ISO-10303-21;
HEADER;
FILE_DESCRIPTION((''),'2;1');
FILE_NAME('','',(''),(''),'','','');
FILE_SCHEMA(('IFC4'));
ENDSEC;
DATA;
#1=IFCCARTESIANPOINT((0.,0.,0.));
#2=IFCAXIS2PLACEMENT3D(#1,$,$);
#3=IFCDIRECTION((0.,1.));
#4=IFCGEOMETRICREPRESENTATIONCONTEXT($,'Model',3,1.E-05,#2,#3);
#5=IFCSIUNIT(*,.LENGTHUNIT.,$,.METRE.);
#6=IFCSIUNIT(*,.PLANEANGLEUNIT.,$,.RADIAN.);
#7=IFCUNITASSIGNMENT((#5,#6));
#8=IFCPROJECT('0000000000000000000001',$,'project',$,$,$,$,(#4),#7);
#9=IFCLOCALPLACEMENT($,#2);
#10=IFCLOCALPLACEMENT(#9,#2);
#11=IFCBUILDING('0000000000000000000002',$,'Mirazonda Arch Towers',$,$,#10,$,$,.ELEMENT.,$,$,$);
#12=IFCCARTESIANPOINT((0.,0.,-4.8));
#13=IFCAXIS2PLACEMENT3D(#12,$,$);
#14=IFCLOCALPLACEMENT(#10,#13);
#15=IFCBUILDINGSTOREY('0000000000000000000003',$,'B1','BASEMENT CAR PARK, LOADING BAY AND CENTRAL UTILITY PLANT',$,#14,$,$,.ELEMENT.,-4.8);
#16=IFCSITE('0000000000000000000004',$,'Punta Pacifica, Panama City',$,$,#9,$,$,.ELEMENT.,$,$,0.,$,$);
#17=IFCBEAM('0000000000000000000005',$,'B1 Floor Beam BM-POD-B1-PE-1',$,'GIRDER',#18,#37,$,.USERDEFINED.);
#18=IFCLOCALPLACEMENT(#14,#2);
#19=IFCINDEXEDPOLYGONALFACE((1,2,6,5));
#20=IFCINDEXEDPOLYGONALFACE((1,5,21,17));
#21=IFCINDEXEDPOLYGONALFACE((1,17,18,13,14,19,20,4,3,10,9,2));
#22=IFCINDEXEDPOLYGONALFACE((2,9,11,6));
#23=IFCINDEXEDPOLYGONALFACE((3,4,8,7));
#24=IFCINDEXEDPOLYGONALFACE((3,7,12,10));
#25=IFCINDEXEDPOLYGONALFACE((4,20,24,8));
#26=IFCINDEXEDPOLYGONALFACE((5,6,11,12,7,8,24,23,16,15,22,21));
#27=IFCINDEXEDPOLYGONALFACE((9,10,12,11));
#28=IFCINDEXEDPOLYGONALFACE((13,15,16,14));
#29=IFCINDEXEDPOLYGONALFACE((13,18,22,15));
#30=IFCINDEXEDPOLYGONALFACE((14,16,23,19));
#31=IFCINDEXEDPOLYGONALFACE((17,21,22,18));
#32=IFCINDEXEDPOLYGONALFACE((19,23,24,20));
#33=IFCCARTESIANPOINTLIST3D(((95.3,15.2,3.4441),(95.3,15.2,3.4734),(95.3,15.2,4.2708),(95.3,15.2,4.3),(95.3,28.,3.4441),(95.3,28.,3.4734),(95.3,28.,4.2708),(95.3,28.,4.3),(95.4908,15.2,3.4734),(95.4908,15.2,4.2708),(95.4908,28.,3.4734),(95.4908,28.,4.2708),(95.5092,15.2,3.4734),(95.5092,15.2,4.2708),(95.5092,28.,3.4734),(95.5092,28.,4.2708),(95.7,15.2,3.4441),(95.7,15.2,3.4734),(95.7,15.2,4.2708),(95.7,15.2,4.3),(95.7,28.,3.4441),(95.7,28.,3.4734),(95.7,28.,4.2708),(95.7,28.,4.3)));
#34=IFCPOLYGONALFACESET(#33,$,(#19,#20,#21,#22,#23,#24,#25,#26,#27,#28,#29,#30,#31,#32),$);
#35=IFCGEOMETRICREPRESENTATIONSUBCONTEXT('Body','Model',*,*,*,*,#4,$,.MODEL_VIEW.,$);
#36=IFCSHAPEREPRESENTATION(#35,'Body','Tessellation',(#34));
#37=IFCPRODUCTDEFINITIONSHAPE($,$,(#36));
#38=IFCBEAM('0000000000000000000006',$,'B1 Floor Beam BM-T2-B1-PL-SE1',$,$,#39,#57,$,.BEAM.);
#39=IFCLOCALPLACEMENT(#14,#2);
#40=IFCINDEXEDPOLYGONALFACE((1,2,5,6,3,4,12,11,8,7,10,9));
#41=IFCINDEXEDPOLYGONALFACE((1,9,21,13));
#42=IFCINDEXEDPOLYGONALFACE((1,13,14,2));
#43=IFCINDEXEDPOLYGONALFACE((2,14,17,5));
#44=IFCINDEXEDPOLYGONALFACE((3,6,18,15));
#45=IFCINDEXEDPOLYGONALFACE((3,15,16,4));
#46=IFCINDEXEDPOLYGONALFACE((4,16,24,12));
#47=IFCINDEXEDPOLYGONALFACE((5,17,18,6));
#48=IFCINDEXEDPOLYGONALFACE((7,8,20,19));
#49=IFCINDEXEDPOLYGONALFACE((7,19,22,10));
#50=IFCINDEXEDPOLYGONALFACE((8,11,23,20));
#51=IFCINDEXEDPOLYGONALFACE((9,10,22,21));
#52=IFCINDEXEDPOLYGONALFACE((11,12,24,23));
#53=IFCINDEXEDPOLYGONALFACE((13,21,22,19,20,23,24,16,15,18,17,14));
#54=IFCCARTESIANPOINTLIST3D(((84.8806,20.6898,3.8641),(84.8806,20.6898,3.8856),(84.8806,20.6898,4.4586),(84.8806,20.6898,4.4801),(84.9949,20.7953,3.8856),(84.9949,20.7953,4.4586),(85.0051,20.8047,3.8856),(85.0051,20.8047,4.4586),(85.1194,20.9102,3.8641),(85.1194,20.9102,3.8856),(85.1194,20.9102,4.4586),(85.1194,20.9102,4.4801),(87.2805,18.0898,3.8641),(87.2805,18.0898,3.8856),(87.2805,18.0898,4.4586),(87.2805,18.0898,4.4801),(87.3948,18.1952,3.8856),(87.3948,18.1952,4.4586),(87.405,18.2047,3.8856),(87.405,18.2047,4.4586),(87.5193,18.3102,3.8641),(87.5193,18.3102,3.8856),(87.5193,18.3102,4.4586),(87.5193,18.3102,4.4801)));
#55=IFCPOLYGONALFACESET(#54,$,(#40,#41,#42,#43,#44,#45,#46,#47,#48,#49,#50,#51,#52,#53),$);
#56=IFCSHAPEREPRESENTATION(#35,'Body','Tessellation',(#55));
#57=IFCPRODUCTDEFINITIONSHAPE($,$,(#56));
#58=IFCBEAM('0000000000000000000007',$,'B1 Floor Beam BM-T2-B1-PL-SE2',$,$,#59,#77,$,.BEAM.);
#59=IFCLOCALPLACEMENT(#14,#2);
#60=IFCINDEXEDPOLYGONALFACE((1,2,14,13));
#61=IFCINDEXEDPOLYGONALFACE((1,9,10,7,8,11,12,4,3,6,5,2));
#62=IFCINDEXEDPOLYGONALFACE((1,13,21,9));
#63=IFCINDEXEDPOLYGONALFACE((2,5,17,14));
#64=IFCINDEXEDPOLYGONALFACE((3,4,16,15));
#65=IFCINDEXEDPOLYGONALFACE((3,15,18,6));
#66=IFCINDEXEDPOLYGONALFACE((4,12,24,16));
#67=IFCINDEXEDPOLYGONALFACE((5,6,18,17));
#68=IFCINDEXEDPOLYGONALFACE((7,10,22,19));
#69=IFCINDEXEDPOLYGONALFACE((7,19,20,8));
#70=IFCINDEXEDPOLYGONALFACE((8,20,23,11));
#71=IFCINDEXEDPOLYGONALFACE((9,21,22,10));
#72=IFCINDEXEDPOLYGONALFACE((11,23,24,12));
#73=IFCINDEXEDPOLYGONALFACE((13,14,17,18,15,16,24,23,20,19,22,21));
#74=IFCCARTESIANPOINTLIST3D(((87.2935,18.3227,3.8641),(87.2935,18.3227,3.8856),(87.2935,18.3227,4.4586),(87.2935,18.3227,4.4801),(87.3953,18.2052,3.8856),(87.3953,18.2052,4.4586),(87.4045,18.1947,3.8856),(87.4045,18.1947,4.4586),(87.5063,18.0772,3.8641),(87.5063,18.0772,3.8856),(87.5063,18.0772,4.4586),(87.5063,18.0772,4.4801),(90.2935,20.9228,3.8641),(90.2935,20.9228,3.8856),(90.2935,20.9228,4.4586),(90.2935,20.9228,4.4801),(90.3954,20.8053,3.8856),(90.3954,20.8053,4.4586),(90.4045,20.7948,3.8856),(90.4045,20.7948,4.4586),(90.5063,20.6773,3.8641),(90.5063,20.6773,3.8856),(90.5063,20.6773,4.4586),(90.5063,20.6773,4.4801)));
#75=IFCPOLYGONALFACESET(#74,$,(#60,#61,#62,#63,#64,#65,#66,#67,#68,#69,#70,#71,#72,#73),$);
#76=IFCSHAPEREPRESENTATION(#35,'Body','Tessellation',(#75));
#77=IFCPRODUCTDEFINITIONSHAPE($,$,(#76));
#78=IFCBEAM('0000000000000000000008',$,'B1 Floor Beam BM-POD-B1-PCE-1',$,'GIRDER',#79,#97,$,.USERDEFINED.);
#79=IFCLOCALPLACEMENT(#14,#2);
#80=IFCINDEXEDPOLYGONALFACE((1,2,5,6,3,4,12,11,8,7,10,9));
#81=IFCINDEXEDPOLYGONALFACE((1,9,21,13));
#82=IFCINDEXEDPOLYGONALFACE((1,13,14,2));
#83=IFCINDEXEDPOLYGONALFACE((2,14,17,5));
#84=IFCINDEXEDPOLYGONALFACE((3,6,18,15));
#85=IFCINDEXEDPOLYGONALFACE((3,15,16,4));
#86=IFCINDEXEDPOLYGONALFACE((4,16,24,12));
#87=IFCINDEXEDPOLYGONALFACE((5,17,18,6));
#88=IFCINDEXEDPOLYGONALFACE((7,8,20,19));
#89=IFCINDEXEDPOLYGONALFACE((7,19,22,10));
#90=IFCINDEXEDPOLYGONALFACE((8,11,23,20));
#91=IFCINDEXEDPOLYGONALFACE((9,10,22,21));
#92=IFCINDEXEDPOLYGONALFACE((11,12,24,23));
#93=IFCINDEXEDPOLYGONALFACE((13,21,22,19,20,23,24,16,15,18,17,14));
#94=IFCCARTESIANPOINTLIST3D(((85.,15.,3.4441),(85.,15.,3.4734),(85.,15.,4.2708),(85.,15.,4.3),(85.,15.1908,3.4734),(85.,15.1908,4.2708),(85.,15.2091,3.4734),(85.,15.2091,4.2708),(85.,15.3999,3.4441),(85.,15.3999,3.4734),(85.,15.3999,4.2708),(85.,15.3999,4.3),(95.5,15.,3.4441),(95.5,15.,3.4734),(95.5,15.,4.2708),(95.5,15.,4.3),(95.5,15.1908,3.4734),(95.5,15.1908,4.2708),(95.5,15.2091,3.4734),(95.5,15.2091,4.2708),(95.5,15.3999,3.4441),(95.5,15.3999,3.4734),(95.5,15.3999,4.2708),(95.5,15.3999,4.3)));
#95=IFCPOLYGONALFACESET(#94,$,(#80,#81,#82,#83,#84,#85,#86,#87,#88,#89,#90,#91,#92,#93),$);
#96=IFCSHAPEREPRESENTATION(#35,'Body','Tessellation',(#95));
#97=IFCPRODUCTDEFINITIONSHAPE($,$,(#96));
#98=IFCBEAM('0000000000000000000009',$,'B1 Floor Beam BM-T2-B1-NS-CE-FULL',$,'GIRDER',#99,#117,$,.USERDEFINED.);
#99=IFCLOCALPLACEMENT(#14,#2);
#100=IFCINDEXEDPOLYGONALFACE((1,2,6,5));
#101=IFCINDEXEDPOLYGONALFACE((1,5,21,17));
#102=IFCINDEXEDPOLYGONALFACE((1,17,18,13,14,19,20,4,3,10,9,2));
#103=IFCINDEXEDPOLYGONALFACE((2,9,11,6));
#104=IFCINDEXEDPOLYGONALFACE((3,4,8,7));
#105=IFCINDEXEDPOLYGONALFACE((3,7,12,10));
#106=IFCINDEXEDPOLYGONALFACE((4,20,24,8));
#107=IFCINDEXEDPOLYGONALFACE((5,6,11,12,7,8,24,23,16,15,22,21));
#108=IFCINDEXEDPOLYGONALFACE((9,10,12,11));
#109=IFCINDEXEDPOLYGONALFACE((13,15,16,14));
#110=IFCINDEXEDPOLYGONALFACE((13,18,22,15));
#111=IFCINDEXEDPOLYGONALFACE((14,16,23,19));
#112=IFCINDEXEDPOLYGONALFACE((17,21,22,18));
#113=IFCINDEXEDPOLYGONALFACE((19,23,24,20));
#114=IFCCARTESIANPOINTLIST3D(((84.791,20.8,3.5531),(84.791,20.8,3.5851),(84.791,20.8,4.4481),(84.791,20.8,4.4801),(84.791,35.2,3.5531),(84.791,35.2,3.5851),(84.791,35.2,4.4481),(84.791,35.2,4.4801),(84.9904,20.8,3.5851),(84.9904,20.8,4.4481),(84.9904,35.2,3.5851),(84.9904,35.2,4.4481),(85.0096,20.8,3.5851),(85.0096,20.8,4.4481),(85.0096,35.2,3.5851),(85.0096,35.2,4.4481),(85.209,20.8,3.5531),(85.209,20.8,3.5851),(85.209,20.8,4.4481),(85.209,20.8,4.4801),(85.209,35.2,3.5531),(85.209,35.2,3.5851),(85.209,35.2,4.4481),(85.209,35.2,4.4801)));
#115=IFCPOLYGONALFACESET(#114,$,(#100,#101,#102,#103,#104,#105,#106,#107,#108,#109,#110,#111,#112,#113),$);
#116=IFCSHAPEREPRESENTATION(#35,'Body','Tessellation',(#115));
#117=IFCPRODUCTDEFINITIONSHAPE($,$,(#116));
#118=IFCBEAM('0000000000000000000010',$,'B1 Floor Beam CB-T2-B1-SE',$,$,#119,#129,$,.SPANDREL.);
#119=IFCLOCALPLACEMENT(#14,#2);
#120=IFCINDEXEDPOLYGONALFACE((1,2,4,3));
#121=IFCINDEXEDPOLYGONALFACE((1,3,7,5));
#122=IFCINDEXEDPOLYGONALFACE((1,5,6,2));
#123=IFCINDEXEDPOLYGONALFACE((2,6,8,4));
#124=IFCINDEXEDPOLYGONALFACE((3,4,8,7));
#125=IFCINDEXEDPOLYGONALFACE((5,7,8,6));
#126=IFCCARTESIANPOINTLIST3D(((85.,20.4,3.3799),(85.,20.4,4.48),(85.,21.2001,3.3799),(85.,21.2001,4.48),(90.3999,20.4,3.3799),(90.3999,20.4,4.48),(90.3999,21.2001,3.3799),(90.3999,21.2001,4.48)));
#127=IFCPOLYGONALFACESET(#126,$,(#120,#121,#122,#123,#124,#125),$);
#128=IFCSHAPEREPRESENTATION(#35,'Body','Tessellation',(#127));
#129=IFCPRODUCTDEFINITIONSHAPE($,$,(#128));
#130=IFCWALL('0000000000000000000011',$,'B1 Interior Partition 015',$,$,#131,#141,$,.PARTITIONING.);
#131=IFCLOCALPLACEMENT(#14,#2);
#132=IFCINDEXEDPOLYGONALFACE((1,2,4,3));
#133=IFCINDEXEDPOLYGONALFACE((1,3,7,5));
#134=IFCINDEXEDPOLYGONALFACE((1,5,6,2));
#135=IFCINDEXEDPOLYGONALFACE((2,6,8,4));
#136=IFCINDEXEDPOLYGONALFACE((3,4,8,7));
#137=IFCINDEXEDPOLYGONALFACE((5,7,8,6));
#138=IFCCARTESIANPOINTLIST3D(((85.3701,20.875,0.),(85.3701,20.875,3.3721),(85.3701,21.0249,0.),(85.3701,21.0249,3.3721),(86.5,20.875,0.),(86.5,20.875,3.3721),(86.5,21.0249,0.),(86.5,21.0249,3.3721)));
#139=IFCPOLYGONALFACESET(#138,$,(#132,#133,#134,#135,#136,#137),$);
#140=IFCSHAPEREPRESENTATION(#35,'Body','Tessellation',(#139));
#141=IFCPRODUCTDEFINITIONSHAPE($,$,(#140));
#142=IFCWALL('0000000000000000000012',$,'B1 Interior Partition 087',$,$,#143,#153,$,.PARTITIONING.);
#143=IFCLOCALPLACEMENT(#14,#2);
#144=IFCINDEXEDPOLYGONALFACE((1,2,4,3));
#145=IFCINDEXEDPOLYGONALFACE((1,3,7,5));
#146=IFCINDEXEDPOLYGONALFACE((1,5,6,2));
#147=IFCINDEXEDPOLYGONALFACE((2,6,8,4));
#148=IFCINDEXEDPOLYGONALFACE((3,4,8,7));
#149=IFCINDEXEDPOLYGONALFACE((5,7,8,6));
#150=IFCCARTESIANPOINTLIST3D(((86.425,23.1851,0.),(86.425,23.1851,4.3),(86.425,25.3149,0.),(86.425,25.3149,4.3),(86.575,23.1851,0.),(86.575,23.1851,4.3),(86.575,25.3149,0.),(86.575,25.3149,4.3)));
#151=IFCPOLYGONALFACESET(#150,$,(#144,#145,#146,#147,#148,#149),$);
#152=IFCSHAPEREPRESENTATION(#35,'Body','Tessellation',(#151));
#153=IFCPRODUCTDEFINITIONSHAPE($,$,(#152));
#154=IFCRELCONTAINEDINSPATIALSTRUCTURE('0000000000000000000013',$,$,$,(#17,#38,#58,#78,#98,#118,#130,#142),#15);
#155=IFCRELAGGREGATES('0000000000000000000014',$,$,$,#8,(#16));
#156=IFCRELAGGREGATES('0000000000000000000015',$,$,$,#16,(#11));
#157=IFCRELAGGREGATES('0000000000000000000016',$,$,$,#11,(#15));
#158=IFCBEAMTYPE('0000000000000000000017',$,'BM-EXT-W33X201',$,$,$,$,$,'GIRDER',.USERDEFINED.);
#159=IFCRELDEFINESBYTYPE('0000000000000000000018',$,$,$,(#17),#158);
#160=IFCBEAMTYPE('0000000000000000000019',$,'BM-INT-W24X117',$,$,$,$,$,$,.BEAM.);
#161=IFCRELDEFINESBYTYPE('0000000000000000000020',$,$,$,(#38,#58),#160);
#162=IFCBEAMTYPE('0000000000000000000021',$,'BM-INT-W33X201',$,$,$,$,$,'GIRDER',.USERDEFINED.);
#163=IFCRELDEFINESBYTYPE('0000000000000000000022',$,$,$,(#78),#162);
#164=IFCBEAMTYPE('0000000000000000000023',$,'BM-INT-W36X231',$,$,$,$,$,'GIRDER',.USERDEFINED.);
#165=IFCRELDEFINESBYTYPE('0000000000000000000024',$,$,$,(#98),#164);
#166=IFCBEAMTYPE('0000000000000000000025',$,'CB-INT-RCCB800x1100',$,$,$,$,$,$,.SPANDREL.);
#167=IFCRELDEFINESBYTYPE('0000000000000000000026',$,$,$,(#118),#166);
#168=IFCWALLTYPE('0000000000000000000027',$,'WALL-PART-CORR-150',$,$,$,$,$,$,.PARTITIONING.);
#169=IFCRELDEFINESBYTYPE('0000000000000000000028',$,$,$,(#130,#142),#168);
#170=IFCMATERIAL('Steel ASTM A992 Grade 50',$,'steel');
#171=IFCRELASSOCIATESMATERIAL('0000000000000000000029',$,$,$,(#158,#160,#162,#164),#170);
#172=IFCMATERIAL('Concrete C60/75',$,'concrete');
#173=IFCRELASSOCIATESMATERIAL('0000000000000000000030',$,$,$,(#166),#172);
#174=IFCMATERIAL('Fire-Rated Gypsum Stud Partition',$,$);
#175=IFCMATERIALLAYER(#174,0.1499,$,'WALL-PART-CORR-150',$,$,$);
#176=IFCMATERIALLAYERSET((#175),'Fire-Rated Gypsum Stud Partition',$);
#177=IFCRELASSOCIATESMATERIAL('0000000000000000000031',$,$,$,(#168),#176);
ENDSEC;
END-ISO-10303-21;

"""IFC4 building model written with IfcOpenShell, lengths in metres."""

from ifc_helpers import new_model, si_unit, direction, frame, frame_2d, origin, origin_2d, place, context, subcontext, project, spatial, rectangle, i_section, extrude, material, layer, layer_set, material_profile, profile_set, type_object, element, save


model = new_model("IFC4")

# Units and contexts
model_context = context("Model", 3, precision=1e-05, world=origin(), true_north=direction((0.0, 1.0)))
body_context = subcontext(model_context, "Body", "Model", "MODEL_VIEW")
ifc_project = project(units=[si_unit("LENGTHUNIT", "METRE"), si_unit("PLANEANGLEUNIT", "RADIAN")], contexts=[model_context])

# Site, building, storey
site_placement = place(None, origin())
site = spatial("IfcSite", under=ifc_project, at=site_placement, Name="Punta Pacifica, Panama City", CompositionType="ELEMENT", RefElevation=0.0)
building_placement = place(site_placement, origin())
building = spatial("IfcBuilding", under=site, at=building_placement, Name="Mirazonda Arch Towers", CompositionType="ELEMENT")
storey_placement = place(building_placement, frame((0.0, 0.0, -4.8)))
storey = spatial("IfcBuildingStorey", under=building, at=storey_placement, Name="B1", Description="BASEMENT CAR PARK, LOADING BAY AND CENTRAL UTILITY PLANT", CompositionType="ELEMENT", Elevation=-4.8)

# Shared definitions
ifc_material_1 = material(Name="Concrete C60/75", Category="concrete")

# Beams
ifc_material_2 = material(Name="Steel ASTM A992 Grade 50", Category="steel")
ifc_material_profile_1 = material_profile(ifc_material_2, i_section(OverallWidth=0.3999, OverallDepth=0.856, WebThickness=0.0183, FlangeThickness=0.0293, at=origin_2d()), Name="W33X201")
ifc_profile_set_1 = profile_set([ifc_material_profile_1], Name="Steel ASTM A992 Grade 50")
beam_type_1 = type_object("IfcBeamType", Name="BM-EXT-W33X201", ElementType="GIRDER", PredefinedType="USERDEFINED", material=ifc_profile_set_1)
beam_1_placement = place(storey_placement, frame((95.5, 15.2, 3.8721), z_axis=(0.0, 1.0, 0.0), x_axis=(-1.0, 0.0, 0.0)))
element("IfcBeam", 1, at=beam_1_placement, inside=storey, type_object=beam_type_1, Name="B1 Floor Beam BM-POD-B1-PE-1", ObjectType="GIRDER", PredefinedType="USERDEFINED", context=body_context, shape_type="SweptSolid", body=[
    extrude(i_section(OverallWidth=0.3999, OverallDepth=0.856, WebThickness=0.0183, FlangeThickness=0.0293, at=origin_2d()), origin(), (0.0, 0.0, 1.0), 12.8),
])
ifc_material_profile_2 = material_profile(ifc_material_2, i_section(OverallWidth=0.325, OverallDepth=0.616, WebThickness=0.0139, FlangeThickness=0.0215, at=origin_2d()), Name="W24X117")
ifc_profile_set_2 = profile_set([ifc_material_profile_2], Name="Steel ASTM A992 Grade 50")
beam_type_2 = type_object("IfcBeamType", Name="BM-INT-W24X117", PredefinedType="BEAM", material=ifc_profile_set_2)
beam_2_placement = place(storey_placement, frame((87.3999, 18.2, 4.1721), z_axis=(-0.678251, 0.73483, 0.0), x_axis=(-0.73483, -0.678251, 0.0)))
element("IfcBeam", 2, at=beam_2_placement, inside=storey, type_object=beam_type_2, Name="B1 Floor Beam BM-T2-B1-PL-SE1", PredefinedType="BEAM", context=body_context, shape_type="SweptSolid", body=[
    extrude(i_section(OverallWidth=0.325, OverallDepth=0.616, WebThickness=0.0139, FlangeThickness=0.0215, at=origin_2d()), origin(), (0.0, 0.0, 1.0), 3.5383),
])
beam_3_placement = place(storey_placement, frame((87.3999, 18.2, 4.1721), z_axis=(0.755677, 0.654945, 0.0), x_axis=(-0.654945, 0.755677, 0.0)))
element("IfcBeam", 3, at=beam_3_placement, inside=storey, type_object=beam_type_2, Name="B1 Floor Beam BM-T2-B1-PL-SE2", PredefinedType="BEAM", context=body_context, shape_type="SweptSolid", body=[
    extrude(i_section(OverallWidth=0.325, OverallDepth=0.616, WebThickness=0.0139, FlangeThickness=0.0215, at=origin_2d()), origin(), (0.0, 0.0, 1.0), 3.97),
])
ifc_material_profile_3 = material_profile(ifc_material_2, i_section(OverallWidth=0.3999, OverallDepth=0.856, WebThickness=0.0183, FlangeThickness=0.0293, at=origin_2d()), Name="W33X201")
ifc_profile_set_3 = profile_set([ifc_material_profile_3], Name="Steel ASTM A992 Grade 50")
beam_type_3 = type_object("IfcBeamType", Name="BM-INT-W33X201", ElementType="GIRDER", PredefinedType="USERDEFINED", material=ifc_profile_set_3)
beam_4_placement = place(storey_placement, frame((85.0, 15.2, 3.8721), z_axis=(1.0, 0.0, 0.0), x_axis=(0.0, 1.0, 0.0)))
element("IfcBeam", 4, at=beam_4_placement, inside=storey, type_object=beam_type_3, Name="B1 Floor Beam BM-POD-B1-PCE-1", ObjectType="GIRDER", PredefinedType="USERDEFINED", context=body_context, shape_type="SweptSolid", body=[
    extrude(i_section(OverallWidth=0.3999, OverallDepth=0.856, WebThickness=0.0183, FlangeThickness=0.0293, at=origin_2d()), origin(), (0.0, 0.0, 1.0), 10.5),
])
ifc_material_profile_4 = material_profile(ifc_material_2, i_section(OverallWidth=0.418, OverallDepth=0.927, WebThickness=0.0193, FlangeThickness=0.032, at=origin_2d()), Name="W36X231")
ifc_profile_set_4 = profile_set([ifc_material_profile_4], Name="Steel ASTM A992 Grade 50")
beam_type_4 = type_object("IfcBeamType", Name="BM-INT-W36X231", ElementType="GIRDER", PredefinedType="USERDEFINED", material=ifc_profile_set_4)
beam_5_placement = place(storey_placement, frame((85.0, 20.8, 4.0166), z_axis=(0.0, 1.0, 0.0), x_axis=(-1.0, 0.0, 0.0)))
element("IfcBeam", 5, at=beam_5_placement, inside=storey, type_object=beam_type_4, Name="B1 Floor Beam BM-T2-B1-NS-CE-FULL", ObjectType="GIRDER", PredefinedType="USERDEFINED", context=body_context, shape_type="SweptSolid", body=[
    extrude(i_section(OverallWidth=0.418, OverallDepth=0.927, WebThickness=0.0193, FlangeThickness=0.032, at=origin_2d()), origin(), (0.0, 0.0, 1.0), 14.3999),
])
ifc_material_profile_5 = material_profile(ifc_material_1, rectangle(XDim=0.8, YDim=1.1001, at=origin_2d()), Name="RCCB800x1100")
ifc_profile_set_5 = profile_set([ifc_material_profile_5], Name="Concrete C60/75")
beam_type_5 = type_object("IfcBeamType", Name="CB-INT-RCCB800x1100", PredefinedType="SPANDREL", material=ifc_profile_set_5)
beam_6_placement = place(storey_placement, frame((85.0, 20.8, 3.9299), z_axis=(1.0, 0.0, 0.0), x_axis=(0.0, 1.0, 0.0)))
element("IfcBeam", 6, at=beam_6_placement, inside=storey, type_object=beam_type_5, Name="B1 Floor Beam CB-T2-B1-SE", PredefinedType="SPANDREL", context=body_context, shape_type="SweptSolid", body=[
    extrude(rectangle(XDim=0.8, YDim=1.1001, at=origin_2d()), origin(), (0.0, 0.0, 1.0), 5.3999),
])

# Walls
ifc_material_3 = material(Name="Fire-Rated Gypsum Stud Partition")
ifc_layer = layer(ifc_material_3, 0.1499, Name="WALL-PART-CORR-150")
ifc_layer_set = layer_set([ifc_layer], Name="Fire-Rated Gypsum Stud Partition")
wall_type = type_object("IfcWallType", Name="WALL-PART-CORR-150", PredefinedType="PARTITIONING", material=ifc_layer_set)
wall_1_placement = place(storey_placement, frame((85.3701, 20.95, 0.0), z_axis=(0.0, 0.0, 1.0), x_axis=(1.0, 0.0, 0.0)))
element("IfcWall", 7, at=wall_1_placement, inside=storey, type_object=wall_type, Name="B1 Interior Partition 015", PredefinedType="PARTITIONING", context=body_context, shape_type="SweptSolid", body=[
    extrude(rectangle(XDim=1.1299, YDim=0.1499, at=frame_2d((0.5649, 0.0))), origin(), (0.0, 0.0, 1.0), 3.3721),
])
wall_2_placement = place(storey_placement, frame((86.5, 23.1851, 0.0), z_axis=(0.0, 0.0, 1.0), x_axis=(0.0, 1.0, 0.0)))
element("IfcWall", 8, at=wall_2_placement, inside=storey, type_object=wall_type, Name="B1 Interior Partition 087", PredefinedType="PARTITIONING", context=body_context, shape_type="SweptSolid", body=[
    extrude(rectangle(XDim=2.1299, YDim=0.1499, at=frame_2d((1.0649, 0.0))), origin(), (0.0, 0.0, 1.0), 4.3),
])

save(model, "model.ifc")
